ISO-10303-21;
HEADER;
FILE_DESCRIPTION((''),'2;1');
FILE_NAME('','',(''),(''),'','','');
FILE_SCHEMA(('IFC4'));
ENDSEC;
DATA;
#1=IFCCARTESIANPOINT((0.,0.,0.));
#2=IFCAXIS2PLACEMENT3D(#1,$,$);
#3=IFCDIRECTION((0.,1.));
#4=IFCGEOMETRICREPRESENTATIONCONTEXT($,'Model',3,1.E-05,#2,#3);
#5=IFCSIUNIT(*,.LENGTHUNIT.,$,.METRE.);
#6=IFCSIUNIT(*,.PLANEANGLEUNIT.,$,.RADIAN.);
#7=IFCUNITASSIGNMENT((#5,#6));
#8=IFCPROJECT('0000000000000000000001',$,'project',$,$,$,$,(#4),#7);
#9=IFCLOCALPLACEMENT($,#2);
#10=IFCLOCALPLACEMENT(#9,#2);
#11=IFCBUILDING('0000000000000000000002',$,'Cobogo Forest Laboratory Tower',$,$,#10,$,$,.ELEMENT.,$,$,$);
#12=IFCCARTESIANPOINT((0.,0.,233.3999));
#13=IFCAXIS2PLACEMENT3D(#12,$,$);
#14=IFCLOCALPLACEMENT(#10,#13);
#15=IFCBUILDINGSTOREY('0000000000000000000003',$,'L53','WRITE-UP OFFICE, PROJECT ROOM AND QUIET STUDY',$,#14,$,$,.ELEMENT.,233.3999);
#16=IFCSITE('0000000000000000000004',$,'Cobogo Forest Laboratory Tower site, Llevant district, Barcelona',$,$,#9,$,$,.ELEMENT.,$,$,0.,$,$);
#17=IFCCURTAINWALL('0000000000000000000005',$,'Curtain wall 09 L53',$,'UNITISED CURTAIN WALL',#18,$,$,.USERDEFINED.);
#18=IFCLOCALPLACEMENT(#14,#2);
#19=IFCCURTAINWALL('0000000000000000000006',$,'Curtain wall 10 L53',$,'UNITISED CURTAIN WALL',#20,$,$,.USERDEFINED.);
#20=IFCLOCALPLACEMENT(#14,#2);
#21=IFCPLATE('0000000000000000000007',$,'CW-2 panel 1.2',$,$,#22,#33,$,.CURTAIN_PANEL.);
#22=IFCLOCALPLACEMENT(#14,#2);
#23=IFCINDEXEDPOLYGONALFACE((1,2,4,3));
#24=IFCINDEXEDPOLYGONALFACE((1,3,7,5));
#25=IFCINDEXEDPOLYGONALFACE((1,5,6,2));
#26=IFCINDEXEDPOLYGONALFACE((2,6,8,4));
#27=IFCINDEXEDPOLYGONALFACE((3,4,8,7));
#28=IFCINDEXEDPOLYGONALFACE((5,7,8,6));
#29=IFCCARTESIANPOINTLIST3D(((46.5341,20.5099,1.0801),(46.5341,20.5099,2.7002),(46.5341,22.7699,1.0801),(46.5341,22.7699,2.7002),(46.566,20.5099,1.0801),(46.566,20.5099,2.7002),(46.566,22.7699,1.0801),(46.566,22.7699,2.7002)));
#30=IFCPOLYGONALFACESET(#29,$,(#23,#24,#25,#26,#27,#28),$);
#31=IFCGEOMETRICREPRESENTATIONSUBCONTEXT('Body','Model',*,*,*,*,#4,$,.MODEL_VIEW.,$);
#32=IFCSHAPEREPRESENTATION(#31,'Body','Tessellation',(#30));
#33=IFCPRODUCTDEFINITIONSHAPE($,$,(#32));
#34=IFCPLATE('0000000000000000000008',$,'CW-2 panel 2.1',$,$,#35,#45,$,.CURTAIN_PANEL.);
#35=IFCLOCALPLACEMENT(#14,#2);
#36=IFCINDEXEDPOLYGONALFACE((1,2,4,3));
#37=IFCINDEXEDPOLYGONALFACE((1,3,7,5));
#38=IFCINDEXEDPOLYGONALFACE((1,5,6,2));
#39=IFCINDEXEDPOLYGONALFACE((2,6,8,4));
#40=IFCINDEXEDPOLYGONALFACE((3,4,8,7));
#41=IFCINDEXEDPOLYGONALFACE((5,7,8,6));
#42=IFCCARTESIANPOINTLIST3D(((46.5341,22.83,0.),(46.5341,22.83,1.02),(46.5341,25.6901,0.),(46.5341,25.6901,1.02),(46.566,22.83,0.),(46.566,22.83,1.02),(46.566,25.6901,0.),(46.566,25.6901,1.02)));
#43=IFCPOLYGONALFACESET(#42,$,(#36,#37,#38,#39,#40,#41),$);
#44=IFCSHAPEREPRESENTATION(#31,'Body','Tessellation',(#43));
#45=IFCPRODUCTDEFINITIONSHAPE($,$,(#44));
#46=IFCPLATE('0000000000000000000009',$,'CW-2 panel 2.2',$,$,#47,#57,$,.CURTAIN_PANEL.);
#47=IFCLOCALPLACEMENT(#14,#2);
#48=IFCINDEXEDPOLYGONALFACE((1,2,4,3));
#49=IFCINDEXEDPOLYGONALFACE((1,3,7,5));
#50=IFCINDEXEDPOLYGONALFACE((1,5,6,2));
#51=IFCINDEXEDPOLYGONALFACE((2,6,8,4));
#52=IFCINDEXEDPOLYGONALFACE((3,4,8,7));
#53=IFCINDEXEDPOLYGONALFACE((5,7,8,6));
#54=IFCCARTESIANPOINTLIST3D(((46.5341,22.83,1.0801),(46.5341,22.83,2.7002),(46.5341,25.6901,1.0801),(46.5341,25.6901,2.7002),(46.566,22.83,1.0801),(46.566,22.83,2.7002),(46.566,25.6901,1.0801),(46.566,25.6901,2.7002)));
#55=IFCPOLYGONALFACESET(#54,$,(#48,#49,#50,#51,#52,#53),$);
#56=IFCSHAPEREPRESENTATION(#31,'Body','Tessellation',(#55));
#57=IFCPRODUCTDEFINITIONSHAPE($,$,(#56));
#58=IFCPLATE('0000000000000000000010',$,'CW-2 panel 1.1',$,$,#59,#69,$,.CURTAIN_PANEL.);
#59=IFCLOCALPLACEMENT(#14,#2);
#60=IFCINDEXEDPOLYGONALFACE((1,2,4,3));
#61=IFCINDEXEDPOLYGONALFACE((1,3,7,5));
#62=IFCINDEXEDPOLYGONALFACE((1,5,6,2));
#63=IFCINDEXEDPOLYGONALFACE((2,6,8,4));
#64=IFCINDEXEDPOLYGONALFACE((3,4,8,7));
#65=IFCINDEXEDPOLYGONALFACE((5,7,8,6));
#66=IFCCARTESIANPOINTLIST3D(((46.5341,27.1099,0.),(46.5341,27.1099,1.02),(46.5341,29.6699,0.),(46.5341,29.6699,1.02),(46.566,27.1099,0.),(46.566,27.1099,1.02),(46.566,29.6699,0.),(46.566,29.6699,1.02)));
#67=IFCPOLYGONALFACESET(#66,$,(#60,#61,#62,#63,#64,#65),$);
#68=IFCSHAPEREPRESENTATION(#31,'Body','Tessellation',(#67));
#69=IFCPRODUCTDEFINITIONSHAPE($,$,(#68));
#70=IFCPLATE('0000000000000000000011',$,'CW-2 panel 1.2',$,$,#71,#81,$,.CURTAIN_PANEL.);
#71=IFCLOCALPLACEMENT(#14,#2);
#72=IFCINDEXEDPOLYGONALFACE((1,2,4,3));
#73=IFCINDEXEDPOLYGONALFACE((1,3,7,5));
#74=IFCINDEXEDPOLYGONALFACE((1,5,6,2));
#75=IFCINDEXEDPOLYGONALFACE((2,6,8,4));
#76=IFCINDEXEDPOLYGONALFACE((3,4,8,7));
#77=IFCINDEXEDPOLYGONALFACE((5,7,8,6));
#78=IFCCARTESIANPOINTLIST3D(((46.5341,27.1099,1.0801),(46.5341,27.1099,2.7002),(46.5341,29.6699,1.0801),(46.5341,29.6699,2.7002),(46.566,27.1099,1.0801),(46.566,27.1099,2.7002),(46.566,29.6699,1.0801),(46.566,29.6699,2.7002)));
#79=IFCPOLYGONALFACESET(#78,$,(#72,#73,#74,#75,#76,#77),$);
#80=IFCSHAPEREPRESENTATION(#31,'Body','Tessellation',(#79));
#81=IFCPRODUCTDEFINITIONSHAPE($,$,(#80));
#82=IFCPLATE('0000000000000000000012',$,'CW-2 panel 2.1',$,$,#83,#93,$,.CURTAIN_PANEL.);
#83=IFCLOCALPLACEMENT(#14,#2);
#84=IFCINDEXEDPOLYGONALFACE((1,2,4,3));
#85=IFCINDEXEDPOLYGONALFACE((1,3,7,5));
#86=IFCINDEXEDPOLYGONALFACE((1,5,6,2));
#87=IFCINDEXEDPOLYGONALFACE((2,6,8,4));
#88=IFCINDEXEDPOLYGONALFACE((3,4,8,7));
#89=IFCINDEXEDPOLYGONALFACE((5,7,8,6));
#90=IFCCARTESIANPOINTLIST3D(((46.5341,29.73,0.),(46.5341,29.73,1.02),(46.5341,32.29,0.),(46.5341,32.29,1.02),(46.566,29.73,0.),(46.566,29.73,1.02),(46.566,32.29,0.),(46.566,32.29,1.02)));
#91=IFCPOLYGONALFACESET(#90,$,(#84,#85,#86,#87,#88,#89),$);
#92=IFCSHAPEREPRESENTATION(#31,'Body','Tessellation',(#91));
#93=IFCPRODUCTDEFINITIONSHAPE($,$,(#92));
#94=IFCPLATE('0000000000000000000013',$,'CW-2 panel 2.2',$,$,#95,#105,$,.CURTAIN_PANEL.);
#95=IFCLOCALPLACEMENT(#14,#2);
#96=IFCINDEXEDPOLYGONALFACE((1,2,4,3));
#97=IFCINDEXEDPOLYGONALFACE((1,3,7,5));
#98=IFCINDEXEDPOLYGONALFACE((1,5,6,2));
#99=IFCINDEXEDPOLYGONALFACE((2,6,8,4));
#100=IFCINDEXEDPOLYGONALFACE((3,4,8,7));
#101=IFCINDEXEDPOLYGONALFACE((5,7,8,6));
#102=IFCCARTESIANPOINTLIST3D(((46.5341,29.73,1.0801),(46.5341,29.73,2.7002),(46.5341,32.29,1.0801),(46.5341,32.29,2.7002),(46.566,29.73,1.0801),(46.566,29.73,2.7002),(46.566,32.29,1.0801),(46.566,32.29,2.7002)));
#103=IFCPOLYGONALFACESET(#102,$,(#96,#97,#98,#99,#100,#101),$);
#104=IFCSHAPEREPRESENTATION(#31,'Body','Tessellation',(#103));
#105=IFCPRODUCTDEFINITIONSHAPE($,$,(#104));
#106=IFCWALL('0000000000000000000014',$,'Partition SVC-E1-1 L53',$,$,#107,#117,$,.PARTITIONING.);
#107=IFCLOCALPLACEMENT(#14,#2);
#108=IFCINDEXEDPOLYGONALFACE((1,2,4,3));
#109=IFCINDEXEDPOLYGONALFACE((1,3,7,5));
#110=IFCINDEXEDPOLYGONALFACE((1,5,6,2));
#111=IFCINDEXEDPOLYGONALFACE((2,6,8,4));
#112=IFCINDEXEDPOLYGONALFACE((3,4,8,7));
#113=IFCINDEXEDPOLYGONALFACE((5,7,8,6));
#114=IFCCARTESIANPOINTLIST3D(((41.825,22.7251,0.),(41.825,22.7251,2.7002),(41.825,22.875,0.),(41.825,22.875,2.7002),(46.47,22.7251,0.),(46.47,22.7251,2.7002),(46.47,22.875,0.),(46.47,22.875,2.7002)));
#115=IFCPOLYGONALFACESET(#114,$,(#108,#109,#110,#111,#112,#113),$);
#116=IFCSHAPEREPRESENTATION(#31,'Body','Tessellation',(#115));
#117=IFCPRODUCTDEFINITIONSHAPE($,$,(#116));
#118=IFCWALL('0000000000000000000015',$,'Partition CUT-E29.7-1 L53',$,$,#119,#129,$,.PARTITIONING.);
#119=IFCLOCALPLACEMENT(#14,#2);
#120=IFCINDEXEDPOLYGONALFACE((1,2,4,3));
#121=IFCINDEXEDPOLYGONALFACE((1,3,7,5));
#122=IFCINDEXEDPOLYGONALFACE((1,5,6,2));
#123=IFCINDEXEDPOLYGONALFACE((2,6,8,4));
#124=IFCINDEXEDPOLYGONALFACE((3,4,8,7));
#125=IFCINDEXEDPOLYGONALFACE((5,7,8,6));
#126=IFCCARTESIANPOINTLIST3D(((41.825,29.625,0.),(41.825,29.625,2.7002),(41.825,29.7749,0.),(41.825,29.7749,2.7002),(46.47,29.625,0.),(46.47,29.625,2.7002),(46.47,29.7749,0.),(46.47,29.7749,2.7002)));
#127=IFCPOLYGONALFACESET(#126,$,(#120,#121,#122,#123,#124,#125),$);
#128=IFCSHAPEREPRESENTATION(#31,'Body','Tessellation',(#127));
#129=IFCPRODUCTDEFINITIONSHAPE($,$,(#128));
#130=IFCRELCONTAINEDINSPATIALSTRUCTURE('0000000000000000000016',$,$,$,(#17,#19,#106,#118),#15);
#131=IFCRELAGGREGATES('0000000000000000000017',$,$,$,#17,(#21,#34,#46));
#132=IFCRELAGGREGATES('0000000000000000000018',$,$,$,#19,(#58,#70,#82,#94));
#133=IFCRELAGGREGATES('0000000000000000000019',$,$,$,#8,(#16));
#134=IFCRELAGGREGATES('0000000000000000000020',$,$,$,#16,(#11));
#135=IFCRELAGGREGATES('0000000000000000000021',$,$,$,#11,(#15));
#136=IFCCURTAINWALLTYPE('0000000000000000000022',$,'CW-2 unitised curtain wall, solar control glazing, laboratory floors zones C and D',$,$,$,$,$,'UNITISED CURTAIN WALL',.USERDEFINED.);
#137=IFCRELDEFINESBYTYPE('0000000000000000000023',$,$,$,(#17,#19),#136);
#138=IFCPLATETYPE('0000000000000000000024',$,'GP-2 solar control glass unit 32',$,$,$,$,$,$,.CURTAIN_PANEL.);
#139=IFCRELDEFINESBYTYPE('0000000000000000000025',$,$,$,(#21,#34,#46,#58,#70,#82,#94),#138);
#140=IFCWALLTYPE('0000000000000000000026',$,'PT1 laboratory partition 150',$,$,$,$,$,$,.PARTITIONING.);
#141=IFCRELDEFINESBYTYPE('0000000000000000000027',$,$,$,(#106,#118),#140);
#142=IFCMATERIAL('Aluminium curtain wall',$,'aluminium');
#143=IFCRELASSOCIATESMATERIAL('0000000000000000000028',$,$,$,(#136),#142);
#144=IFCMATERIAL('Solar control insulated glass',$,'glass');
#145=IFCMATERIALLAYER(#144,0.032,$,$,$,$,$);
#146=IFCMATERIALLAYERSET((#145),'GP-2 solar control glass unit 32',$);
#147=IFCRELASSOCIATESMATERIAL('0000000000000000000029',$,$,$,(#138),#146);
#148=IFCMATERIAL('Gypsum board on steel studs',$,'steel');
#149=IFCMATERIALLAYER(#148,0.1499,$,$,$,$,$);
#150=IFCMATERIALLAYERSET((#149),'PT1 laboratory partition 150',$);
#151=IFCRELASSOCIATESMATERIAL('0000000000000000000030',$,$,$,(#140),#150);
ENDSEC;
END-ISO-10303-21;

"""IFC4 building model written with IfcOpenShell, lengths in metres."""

from ifc_helpers import new_model, si_unit, direction, frame, frame_2d, origin, origin_2d, place, context, subcontext, project, spatial, rectangle, extrude, material, layer, layer_set, type_object, element, aggregate, save


model = new_model("IFC4")

# Units and contexts
model_context = context("Model", 3, precision=1e-05, world=origin(), true_north=direction((0.0, 1.0)))
body_context = subcontext(model_context, "Body", "Model", "MODEL_VIEW")
ifc_project = project(units=[si_unit("LENGTHUNIT", "METRE"), si_unit("PLANEANGLEUNIT", "RADIAN")], contexts=[model_context])

# Site, building, storey
site_placement = place(None, origin())
site = spatial("IfcSite", under=ifc_project, at=site_placement, Name="Cobogo Forest Laboratory Tower site, Llevant district, Barcelona", CompositionType="ELEMENT", RefElevation=0.0)
building_placement = place(site_placement, origin())
building = spatial("IfcBuilding", under=site, at=building_placement, Name="Cobogo Forest Laboratory Tower", CompositionType="ELEMENT")
storey_placement = place(building_placement, frame((0.0, 0.0, 233.3999)))
storey = spatial("IfcBuildingStorey", under=building, at=storey_placement, Name="L53", Description="WRITE-UP OFFICE, PROJECT ROOM AND QUIET STUDY", CompositionType="ELEMENT", Elevation=233.3999)

# Curtain walls
ifc_material_1 = material(Name="Aluminium curtain wall", Category="aluminium")
curtain_wall_type = type_object("IfcCurtainWallType", Name="CW-2 unitised curtain wall, solar control glazing, laboratory floors zones C and D", ElementType="UNITISED CURTAIN WALL", PredefinedType="USERDEFINED", material=ifc_material_1)
curtain_wall_1_placement = place(storey_placement, origin())
curtain_wall_1 = element("IfcCurtainWall", 1, at=curtain_wall_1_placement, inside=storey, type_object=curtain_wall_type, Name="Curtain wall 09 L53", ObjectType="UNITISED CURTAIN WALL", PredefinedType="USERDEFINED")
curtain_wall_2_placement = place(storey_placement, origin())
curtain_wall_2 = element("IfcCurtainWall", 2, at=curtain_wall_2_placement, inside=storey, type_object=curtain_wall_type, Name="Curtain wall 10 L53", ObjectType="UNITISED CURTAIN WALL", PredefinedType="USERDEFINED")

# Plates
ifc_material_2 = material(Name="Solar control insulated glass", Category="glass")
ifc_layer_1 = layer(ifc_material_2, 0.032)
ifc_layer_set_1 = layer_set([ifc_layer_1], Name="GP-2 solar control glass unit 32")
plate_type_1 = type_object("IfcPlateType", Name="GP-2 solar control glass unit 32", PredefinedType="CURTAIN_PANEL", material=ifc_layer_set_1)
plate_1_placement = place(storey_placement, frame((46.55, 21.6399, 1.0801), z_axis=(0.0, 0.0, 1.0), x_axis=(0.0, 1.0, 0.0)))
plate_1 = element("IfcPlate", 3, at=plate_1_placement, type_object=plate_type_1, Name="CW-2 panel 1.2", PredefinedType="CURTAIN_PANEL", context=body_context, shape_type="SweptSolid", body=[
    extrude(rectangle(XDim=2.26, YDim=0.032, at=origin_2d()), origin(), (0.0, 0.0, 1.0), 1.6201),
])
plate_2_placement = place(storey_placement, frame((46.55, 24.26, 0.0), z_axis=(0.0, 0.0, 1.0), x_axis=(0.0, 1.0, 0.0)))
plate_2 = element("IfcPlate", 4, at=plate_2_placement, type_object=plate_type_1, Name="CW-2 panel 2.1", PredefinedType="CURTAIN_PANEL", context=body_context, shape_type="SweptSolid", body=[
    extrude(rectangle(XDim=2.8601, YDim=0.032, at=origin_2d()), origin(), (0.0, 0.0, 1.0), 1.02),
])
plate_3_placement = place(storey_placement, frame((46.55, 24.26, 1.0801), z_axis=(0.0, 0.0, 1.0), x_axis=(0.0, 1.0, 0.0)))
plate_3 = element("IfcPlate", 5, at=plate_3_placement, type_object=plate_type_1, Name="CW-2 panel 2.2", PredefinedType="CURTAIN_PANEL", context=body_context, shape_type="SweptSolid", body=[
    extrude(rectangle(XDim=2.8601, YDim=0.032, at=origin_2d()), origin(), (0.0, 0.0, 1.0), 1.6201),
])
aggregate(curtain_wall_1, [plate_1, plate_2, plate_3])
plate_4_placement = place(storey_placement, frame((46.55, 28.3899, 0.0), z_axis=(0.0, 0.0, 1.0), x_axis=(0.0, 1.0, 0.0)))
plate_4 = element("IfcPlate", 6, at=plate_4_placement, type_object=plate_type_1, Name="CW-2 panel 1.1", PredefinedType="CURTAIN_PANEL", context=body_context, shape_type="SweptSolid", body=[
    extrude(rectangle(XDim=2.5601, YDim=0.032, at=origin_2d()), origin(), (0.0, 0.0, 1.0), 1.02),
])
plate_5_placement = place(storey_placement, frame((46.55, 28.3899, 1.0801), z_axis=(0.0, 0.0, 1.0), x_axis=(0.0, 1.0, 0.0)))
plate_5 = element("IfcPlate", 7, at=plate_5_placement, type_object=plate_type_1, Name="CW-2 panel 1.2", PredefinedType="CURTAIN_PANEL", context=body_context, shape_type="SweptSolid", body=[
    extrude(rectangle(XDim=2.5601, YDim=0.032, at=origin_2d()), origin(), (0.0, 0.0, 1.0), 1.6201),
])
plate_6_placement = place(storey_placement, frame((46.55, 31.01, 0.0), z_axis=(0.0, 0.0, 1.0), x_axis=(0.0, 1.0, 0.0)))
plate_6 = element("IfcPlate", 8, at=plate_6_placement, type_object=plate_type_1, Name="CW-2 panel 2.1", PredefinedType="CURTAIN_PANEL", context=body_context, shape_type="SweptSolid", body=[
    extrude(rectangle(XDim=2.5601, YDim=0.032, at=origin_2d()), origin(), (0.0, 0.0, 1.0), 1.02),
])
plate_7_placement = place(storey_placement, frame((46.55, 31.01, 1.0801), z_axis=(0.0, 0.0, 1.0), x_axis=(0.0, 1.0, 0.0)))
plate_7 = element("IfcPlate", 9, at=plate_7_placement, type_object=plate_type_1, Name="CW-2 panel 2.2", PredefinedType="CURTAIN_PANEL", context=body_context, shape_type="SweptSolid", body=[
    extrude(rectangle(XDim=2.5601, YDim=0.032, at=origin_2d()), origin(), (0.0, 0.0, 1.0), 1.6201),
])
aggregate(curtain_wall_2, [plate_4, plate_5, plate_6, plate_7])

# Walls
ifc_material_3 = material(Name="Gypsum board on steel studs", Category="steel")
ifc_layer_2 = layer(ifc_material_3, 0.1499)
ifc_layer_set_2 = layer_set([ifc_layer_2], Name="PT1 laboratory partition 150")
wall_type = type_object("IfcWallType", Name="PT1 laboratory partition 150", PredefinedType="PARTITIONING", material=ifc_layer_set_2)
for number, where, z_axis, x_axis, name in (
    (10, (46.47, 22.8, 0.0), (0.0, 0.0, 1.0), (-1.0, 0.0, 0.0), "Partition SVC-E1-1 L53"),
    (11, (46.47, 29.7, 0.0), (0.0, 0.0, 1.0), (-1.0, 0.0, 0.0), "Partition CUT-E29.7-1 L53"),
):
    element("IfcWall", number, at=place(storey_placement, frame(where, z_axis=z_axis, x_axis=x_axis)), inside=storey, type_object=wall_type, Name=name, PredefinedType="PARTITIONING", context=body_context, shape_type="SweptSolid", body=[
        extrude(rectangle(XDim=4.645, YDim=0.1499, at=frame_2d((2.3225, 0.0))), origin(), (0.0, 0.0, 1.0), 2.7002),
    ])

save(model, "model.ifc")
